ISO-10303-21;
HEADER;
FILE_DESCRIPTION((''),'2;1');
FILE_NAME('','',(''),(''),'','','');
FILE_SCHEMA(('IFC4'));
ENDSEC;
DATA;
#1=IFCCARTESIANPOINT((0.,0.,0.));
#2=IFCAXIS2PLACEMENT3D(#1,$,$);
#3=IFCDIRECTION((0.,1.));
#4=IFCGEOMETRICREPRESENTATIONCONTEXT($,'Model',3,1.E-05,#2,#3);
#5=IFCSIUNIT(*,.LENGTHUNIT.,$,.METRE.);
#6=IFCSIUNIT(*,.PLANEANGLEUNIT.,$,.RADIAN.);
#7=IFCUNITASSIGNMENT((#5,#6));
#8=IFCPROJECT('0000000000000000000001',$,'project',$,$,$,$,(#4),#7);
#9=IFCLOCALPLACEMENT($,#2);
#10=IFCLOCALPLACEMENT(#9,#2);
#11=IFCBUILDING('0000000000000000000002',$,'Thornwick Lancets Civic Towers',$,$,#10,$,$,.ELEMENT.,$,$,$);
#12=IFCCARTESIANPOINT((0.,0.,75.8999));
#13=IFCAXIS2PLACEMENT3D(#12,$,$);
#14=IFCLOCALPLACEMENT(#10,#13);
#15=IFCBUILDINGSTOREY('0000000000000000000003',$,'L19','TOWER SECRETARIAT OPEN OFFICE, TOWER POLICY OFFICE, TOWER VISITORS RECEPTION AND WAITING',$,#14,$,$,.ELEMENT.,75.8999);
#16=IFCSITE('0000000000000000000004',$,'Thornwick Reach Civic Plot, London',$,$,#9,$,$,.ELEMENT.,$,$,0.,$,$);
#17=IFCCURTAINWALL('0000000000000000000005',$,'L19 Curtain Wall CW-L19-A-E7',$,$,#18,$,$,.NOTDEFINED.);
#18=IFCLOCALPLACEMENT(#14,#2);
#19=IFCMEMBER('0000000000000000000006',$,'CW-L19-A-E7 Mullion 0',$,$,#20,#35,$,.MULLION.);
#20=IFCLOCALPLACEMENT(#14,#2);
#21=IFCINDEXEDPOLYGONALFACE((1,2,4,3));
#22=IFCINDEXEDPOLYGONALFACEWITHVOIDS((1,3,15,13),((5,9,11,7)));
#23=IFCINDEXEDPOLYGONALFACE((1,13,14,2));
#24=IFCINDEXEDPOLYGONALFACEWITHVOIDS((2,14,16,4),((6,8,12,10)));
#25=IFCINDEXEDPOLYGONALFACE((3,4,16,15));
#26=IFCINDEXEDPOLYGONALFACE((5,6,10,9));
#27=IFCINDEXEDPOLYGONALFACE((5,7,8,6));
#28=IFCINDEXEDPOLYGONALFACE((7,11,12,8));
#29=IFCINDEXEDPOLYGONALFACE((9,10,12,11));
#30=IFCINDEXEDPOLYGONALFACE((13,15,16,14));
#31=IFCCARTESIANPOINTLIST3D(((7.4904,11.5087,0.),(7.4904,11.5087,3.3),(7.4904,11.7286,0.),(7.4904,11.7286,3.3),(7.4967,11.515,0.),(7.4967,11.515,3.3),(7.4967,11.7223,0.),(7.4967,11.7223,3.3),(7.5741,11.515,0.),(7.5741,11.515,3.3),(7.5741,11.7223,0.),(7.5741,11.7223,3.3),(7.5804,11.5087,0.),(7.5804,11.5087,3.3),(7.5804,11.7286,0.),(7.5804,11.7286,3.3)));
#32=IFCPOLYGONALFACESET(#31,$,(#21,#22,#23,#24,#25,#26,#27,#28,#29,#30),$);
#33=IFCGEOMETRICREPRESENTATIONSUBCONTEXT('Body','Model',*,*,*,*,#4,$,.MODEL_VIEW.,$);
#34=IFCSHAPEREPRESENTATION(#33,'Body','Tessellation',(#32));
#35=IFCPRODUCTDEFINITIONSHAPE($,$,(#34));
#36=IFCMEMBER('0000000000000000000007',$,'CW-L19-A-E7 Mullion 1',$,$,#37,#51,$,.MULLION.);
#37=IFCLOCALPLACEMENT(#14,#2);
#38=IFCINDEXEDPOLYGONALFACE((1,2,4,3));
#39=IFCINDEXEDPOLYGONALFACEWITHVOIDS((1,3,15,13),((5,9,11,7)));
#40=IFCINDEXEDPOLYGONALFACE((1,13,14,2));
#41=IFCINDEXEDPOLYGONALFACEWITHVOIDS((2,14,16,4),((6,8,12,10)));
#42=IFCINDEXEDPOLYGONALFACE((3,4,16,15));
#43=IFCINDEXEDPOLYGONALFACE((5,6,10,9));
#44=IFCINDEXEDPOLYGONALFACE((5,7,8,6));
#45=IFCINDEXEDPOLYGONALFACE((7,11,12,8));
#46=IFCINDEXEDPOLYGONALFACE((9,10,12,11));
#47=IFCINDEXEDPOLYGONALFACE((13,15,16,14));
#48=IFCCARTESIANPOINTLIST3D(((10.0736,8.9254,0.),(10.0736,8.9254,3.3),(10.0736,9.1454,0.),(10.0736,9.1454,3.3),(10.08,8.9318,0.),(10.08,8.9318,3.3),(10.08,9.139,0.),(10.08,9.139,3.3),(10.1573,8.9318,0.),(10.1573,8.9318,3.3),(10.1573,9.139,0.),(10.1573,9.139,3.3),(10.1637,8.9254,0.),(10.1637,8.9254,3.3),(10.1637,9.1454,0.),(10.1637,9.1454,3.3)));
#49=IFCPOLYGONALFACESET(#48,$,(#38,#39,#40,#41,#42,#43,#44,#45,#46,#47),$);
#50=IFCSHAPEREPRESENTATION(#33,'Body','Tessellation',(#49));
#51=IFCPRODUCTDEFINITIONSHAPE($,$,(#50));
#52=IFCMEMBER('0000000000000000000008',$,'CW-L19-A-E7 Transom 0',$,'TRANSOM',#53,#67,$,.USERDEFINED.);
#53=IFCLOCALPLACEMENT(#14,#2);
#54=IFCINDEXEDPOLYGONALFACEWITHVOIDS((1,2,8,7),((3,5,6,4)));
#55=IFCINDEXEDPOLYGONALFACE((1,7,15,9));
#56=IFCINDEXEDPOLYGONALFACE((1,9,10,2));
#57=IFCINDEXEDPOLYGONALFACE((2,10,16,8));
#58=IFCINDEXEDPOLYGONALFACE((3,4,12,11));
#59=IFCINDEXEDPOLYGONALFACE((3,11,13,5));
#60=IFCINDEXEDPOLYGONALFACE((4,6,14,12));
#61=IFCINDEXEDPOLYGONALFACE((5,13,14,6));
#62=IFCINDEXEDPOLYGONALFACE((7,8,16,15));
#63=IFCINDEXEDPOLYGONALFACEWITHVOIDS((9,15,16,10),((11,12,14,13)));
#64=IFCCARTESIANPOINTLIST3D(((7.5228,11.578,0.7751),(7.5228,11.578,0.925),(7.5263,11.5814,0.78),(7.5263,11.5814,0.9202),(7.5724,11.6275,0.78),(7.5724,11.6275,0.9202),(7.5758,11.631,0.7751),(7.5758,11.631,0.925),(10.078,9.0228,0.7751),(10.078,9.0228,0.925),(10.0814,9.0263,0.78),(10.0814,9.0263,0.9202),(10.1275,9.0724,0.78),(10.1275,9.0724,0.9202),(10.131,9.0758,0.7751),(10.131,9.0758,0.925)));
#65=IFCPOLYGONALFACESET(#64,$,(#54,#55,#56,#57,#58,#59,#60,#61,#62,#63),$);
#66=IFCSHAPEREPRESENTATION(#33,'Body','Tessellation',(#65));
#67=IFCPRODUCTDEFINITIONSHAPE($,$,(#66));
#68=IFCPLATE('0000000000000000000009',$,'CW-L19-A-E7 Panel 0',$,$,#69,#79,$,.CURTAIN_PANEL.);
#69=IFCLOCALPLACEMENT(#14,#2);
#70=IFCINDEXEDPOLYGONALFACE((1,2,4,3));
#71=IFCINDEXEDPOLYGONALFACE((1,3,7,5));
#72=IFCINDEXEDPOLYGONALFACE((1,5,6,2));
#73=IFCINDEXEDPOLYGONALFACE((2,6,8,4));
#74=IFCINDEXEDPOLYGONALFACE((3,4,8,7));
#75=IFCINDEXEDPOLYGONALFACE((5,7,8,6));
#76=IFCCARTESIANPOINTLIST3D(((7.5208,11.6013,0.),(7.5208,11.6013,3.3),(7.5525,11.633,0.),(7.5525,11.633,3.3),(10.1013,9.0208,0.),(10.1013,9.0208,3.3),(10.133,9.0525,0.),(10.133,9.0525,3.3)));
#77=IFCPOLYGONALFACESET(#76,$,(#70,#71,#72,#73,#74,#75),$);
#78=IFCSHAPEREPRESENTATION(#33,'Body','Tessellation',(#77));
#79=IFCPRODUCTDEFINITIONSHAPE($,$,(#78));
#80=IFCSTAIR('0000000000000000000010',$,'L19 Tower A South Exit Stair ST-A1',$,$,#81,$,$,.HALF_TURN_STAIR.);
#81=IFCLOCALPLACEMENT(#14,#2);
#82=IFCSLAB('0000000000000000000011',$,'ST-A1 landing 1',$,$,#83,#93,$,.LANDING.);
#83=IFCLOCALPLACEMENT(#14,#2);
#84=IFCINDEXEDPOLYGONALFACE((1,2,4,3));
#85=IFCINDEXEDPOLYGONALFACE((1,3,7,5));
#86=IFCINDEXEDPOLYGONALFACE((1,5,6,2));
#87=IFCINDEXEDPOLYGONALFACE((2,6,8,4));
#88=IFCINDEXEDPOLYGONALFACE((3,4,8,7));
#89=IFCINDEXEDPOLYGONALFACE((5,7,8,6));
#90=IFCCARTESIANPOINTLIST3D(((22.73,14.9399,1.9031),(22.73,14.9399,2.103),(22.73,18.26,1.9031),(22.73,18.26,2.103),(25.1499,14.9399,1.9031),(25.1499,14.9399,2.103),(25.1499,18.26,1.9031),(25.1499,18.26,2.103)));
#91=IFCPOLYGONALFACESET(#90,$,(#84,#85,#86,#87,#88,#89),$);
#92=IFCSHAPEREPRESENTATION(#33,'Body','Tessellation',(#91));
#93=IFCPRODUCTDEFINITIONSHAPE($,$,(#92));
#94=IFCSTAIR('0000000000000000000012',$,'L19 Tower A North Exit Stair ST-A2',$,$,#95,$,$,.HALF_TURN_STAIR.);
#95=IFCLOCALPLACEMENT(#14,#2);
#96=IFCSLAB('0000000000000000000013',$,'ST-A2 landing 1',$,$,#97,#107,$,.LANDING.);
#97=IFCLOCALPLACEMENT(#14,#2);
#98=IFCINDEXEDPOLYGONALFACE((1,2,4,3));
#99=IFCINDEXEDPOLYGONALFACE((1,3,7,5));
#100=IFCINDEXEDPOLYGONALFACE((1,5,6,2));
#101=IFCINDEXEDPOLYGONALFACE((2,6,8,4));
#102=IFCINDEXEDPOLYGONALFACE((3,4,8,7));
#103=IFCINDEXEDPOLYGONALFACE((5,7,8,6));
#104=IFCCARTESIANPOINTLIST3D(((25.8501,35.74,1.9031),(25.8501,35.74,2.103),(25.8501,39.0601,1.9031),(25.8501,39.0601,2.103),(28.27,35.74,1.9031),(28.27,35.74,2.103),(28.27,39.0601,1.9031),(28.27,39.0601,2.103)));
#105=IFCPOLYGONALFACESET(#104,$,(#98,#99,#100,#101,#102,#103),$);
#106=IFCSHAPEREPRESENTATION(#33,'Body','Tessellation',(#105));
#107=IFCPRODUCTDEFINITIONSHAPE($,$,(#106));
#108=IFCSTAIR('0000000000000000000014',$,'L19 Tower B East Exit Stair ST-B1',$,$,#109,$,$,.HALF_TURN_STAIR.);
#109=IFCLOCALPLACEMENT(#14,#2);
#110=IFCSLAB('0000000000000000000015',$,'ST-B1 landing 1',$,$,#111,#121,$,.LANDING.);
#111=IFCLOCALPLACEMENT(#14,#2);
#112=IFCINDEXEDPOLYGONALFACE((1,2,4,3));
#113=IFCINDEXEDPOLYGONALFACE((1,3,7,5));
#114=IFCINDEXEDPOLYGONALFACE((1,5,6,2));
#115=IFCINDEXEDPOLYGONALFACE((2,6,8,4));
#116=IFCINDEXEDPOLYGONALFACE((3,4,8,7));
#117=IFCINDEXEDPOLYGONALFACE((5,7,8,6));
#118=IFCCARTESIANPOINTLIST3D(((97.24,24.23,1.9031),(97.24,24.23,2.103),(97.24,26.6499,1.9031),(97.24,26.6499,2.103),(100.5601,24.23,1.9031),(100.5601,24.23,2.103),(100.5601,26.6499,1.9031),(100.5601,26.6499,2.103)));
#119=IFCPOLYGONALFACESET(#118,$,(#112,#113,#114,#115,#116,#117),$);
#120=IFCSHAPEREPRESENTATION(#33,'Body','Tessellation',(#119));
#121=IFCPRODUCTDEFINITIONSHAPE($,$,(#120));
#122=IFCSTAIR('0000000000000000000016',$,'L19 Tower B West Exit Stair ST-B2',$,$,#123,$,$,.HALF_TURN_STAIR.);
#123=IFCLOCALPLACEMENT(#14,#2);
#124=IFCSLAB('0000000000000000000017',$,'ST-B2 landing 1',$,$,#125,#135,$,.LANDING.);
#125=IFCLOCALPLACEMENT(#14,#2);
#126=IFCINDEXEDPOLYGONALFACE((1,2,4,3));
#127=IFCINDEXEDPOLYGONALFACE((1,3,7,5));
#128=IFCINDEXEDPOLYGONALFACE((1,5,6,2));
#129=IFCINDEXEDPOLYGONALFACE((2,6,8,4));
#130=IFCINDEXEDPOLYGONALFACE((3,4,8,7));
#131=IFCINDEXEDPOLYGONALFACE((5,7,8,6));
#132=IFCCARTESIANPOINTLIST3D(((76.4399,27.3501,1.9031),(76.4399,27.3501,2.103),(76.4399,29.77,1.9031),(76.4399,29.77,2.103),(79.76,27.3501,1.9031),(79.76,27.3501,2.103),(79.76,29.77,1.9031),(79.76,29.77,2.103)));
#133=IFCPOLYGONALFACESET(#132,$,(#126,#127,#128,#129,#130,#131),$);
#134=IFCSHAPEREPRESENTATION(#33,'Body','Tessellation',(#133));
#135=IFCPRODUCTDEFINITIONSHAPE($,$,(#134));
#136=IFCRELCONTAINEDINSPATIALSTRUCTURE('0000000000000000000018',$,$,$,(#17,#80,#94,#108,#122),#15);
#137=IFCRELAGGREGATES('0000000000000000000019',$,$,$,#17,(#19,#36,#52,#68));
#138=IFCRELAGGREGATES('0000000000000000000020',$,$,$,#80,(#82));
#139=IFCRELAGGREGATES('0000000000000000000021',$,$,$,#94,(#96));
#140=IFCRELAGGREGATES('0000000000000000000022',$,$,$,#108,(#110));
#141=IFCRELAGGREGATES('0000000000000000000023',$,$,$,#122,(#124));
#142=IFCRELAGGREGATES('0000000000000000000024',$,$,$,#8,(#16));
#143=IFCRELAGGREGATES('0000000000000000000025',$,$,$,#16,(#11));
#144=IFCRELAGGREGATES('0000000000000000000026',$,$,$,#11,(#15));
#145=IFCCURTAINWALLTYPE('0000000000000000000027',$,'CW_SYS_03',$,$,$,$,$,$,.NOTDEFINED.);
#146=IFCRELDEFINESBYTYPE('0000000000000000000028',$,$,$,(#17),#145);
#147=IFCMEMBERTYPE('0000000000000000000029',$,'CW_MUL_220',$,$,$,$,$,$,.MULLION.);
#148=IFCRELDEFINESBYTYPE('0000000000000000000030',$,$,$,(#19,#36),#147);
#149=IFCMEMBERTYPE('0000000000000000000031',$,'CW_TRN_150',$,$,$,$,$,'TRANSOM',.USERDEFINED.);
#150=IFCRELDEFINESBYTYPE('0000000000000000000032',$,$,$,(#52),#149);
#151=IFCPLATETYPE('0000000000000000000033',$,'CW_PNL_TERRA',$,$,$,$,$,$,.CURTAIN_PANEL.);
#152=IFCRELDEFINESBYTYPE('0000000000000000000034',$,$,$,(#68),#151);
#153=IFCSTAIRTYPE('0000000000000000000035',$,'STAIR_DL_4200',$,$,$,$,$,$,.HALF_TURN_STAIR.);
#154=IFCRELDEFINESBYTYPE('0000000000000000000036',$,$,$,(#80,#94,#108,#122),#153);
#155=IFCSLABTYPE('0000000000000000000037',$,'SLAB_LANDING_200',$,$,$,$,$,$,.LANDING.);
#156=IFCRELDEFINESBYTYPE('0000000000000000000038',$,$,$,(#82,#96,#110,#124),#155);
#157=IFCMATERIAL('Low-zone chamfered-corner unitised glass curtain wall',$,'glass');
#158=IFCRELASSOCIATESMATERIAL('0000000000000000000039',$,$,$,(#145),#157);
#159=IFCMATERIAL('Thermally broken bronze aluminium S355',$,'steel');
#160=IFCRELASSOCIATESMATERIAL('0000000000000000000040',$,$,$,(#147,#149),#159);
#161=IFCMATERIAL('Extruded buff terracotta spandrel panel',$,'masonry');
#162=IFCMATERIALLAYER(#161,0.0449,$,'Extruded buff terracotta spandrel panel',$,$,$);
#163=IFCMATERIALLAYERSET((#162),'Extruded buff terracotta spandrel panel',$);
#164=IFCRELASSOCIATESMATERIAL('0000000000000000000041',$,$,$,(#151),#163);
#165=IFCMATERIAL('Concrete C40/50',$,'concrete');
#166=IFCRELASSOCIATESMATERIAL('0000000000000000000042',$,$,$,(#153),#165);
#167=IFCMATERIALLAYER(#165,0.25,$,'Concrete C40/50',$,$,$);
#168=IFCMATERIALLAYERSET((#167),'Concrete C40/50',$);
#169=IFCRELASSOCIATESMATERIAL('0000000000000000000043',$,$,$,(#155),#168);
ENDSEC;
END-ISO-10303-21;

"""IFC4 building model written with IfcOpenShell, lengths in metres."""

from ifc_helpers import new_model, si_unit, direction, frame, origin, origin_2d, place, context, subcontext, project, spatial, polyline, rectangle, hollow_rectangle, outline, extrude, material, layer, layer_set, material_profile, profile_set, type_object, element, aggregate, save


model = new_model("IFC4")

# Units and contexts
model_context = context("Model", 3, precision=1e-05, world=origin(), true_north=direction((0.0, 1.0)))
body_context = subcontext(model_context, "Body", "Model", "MODEL_VIEW")
ifc_project = project(units=[si_unit("LENGTHUNIT", "METRE"), si_unit("PLANEANGLEUNIT", "RADIAN")], contexts=[model_context])

# Site, building, storey
site_placement = place(None, origin())
site = spatial("IfcSite", under=ifc_project, at=site_placement, Name="Thornwick Reach Civic Plot, London", CompositionType="ELEMENT", RefElevation=0.0)
building_placement = place(site_placement, origin())
building = spatial("IfcBuilding", under=site, at=building_placement, Name="Thornwick Lancets Civic Towers", CompositionType="ELEMENT")
storey_placement = place(building_placement, frame((0.0, 0.0, 75.8999)))
storey = spatial("IfcBuildingStorey", under=building, at=storey_placement, Name="L19", Description="TOWER SECRETARIAT OPEN OFFICE, TOWER POLICY OFFICE, TOWER VISITORS RECEPTION AND WAITING", CompositionType="ELEMENT", Elevation=75.8999)

# Curtain wall, members, plate
ifc_material_1 = material(Name="Low-zone chamfered-corner unitised glass curtain wall", Category="glass")
curtain_wall_type = type_object("IfcCurtainWallType", Name="CW_SYS_03", PredefinedType="NOTDEFINED", material=ifc_material_1)
curtain_wall_placement = place(storey_placement, origin())
curtain_wall = element("IfcCurtainWall", 1, at=curtain_wall_placement, inside=storey, type_object=curtain_wall_type, Name="L19 Curtain Wall CW-L19-A-E7", PredefinedType="NOTDEFINED")
ifc_material_2 = material(Name="Thermally broken bronze aluminium S355", Category="steel")
ifc_material_profile_1 = material_profile(ifc_material_2, hollow_rectangle(XDim=0.0901, YDim=0.22, WallThickness=0.0063, at=origin_2d()), Name="RHS 220x90x6.3")
ifc_profile_set_1 = profile_set([ifc_material_profile_1], Name="Thermally broken bronze aluminium S355")
member_type_1 = type_object("IfcMemberType", Name="CW_MUL_220", PredefinedType="MULLION", material=ifc_profile_set_1)
member_1_placement = place(storey_placement, frame((7.5354, 11.6187, 0.0), z_axis=(0.0, 0.0, 1.0), x_axis=(1.0, 0.0, 0.0)))
member_1 = element("IfcMember", 2, at=member_1_placement, type_object=member_type_1, Name="CW-L19-A-E7 Mullion 0", PredefinedType="MULLION", context=body_context, shape_type="SweptSolid", body=[
    extrude(hollow_rectangle(XDim=0.0901, YDim=0.22, WallThickness=0.0063, at=origin_2d()), origin(), (0.0, 0.0, 1.0), 3.3),
])
member_2_placement = place(storey_placement, frame((10.1187, 9.0354, 0.0), z_axis=(0.0, 0.0, 1.0), x_axis=(1.0, 0.0, 0.0)))
member_2 = element("IfcMember", 3, at=member_2_placement, type_object=member_type_1, Name="CW-L19-A-E7 Mullion 1", PredefinedType="MULLION", context=body_context, shape_type="SweptSolid", body=[
    extrude(hollow_rectangle(XDim=0.0901, YDim=0.22, WallThickness=0.0063, at=origin_2d()), origin(), (0.0, 0.0, 1.0), 3.3),
])
ifc_material_profile_2 = material_profile(ifc_material_2, hollow_rectangle(XDim=0.075, YDim=0.1499, WallThickness=0.0049, at=origin_2d()), Name="RHS 150x75x5")
ifc_profile_set_2 = profile_set([ifc_material_profile_2], Name="Thermally broken bronze aluminium S355")
member_type_2 = type_object("IfcMemberType", Name="CW_TRN_150", ElementType="TRANSOM", PredefinedType="USERDEFINED", material=ifc_profile_set_2)
member_3_placement = place(storey_placement, frame((7.5493, 11.6045, 0.8501), z_axis=(0.707107, -0.707107, 0.0), x_axis=(0.707107, 0.707107, 0.0)))
member_3 = element("IfcMember", 4, at=member_3_placement, type_object=member_type_2, Name="CW-L19-A-E7 Transom 0", ObjectType="TRANSOM", PredefinedType="USERDEFINED", context=body_context, shape_type="SweptSolid", body=[
    extrude(hollow_rectangle(XDim=0.075, YDim=0.1499, WallThickness=0.0049, at=origin_2d()), origin(), (0.0, 0.0, 1.0), 3.6135),
])
ifc_material_3 = material(Name="Extruded buff terracotta spandrel panel", Category="masonry")
ifc_layer_1 = layer(ifc_material_3, 0.0449, Name="Extruded buff terracotta spandrel panel")
ifc_layer_set_1 = layer_set([ifc_layer_1], Name="Extruded buff terracotta spandrel panel")
plate_type = type_object("IfcPlateType", Name="CW_PNL_TERRA", PredefinedType="CURTAIN_PANEL", material=ifc_layer_set_1)
plate_placement = place(storey_placement, frame((8.8269, 10.3269, 0.0), z_axis=(0.0, 0.0, 1.0), x_axis=(0.707107, -0.707107, 0.0)))
plate = element("IfcPlate", 5, at=plate_placement, type_object=plate_type, Name="CW-L19-A-E7 Panel 0", PredefinedType="CURTAIN_PANEL", context=body_context, shape_type="SweptSolid", body=[
    extrude(rectangle(XDim=3.6494, YDim=0.0449, at=origin_2d()), origin(), (0.0, 0.0, 1.0), 3.3),
])
aggregate(curtain_wall, [member_1, member_2, member_3, plate])

# Stairs, slabs
ifc_material_4 = material(Name="Concrete C40/50", Category="concrete")
stair_type = type_object("IfcStairType", Name="STAIR_DL_4200", PredefinedType="HALF_TURN_STAIR", material=ifc_material_4)
stair_1_placement = place(storey_placement, origin())
stair_1 = element("IfcStair", 6, at=stair_1_placement, inside=storey, type_object=stair_type, Name="L19 Tower A South Exit Stair ST-A1", PredefinedType="HALF_TURN_STAIR")
ifc_layer_2 = layer(ifc_material_4, 0.25, Name="Concrete C40/50")
ifc_layer_set_2 = layer_set([ifc_layer_2], Name="Concrete C40/50")
slab_type_1 = type_object("IfcSlabType", Name="SLAB_LANDING_200", PredefinedType="LANDING", material=ifc_layer_set_2)
slab_1_placement = place(storey_placement, frame((0.0, 0.0, 1.9031)))
slab_1 = element("IfcSlab", 7, at=slab_1_placement, type_object=slab_type_1, Name="ST-A1 landing 1", PredefinedType="LANDING", context=body_context, shape_type="SweptSolid", body=[
    extrude(outline(polyline([(22.73, 14.9399), (25.1499, 14.9399), (25.1499, 18.26), (22.73, 18.26), (22.73, 14.9399)])), origin(), (0.0, 0.0, 1.0), 0.2),
])
aggregate(stair_1, [slab_1])
stair_2_placement = place(storey_placement, origin())
stair_2 = element("IfcStair", 8, at=stair_2_placement, inside=storey, type_object=stair_type, Name="L19 Tower A North Exit Stair ST-A2", PredefinedType="HALF_TURN_STAIR")
slab_2_placement = place(storey_placement, frame((0.0, 0.0, 1.9031)))
slab_2 = element("IfcSlab", 9, at=slab_2_placement, type_object=slab_type_1, Name="ST-A2 landing 1", PredefinedType="LANDING", context=body_context, shape_type="SweptSolid", body=[
    extrude(outline(polyline([(28.27, 39.0601), (25.8501, 39.0601), (25.8501, 35.74), (28.27, 35.74), (28.27, 39.0601)])), origin(), (0.0, 0.0, 1.0), 0.2),
])
aggregate(stair_2, [slab_2])
stair_3_placement = place(storey_placement, origin())
stair_3 = element("IfcStair", 10, at=stair_3_placement, inside=storey, type_object=stair_type, Name="L19 Tower B East Exit Stair ST-B1", PredefinedType="HALF_TURN_STAIR")
slab_3_placement = place(storey_placement, frame((0.0, 0.0, 1.9031)))
slab_3 = element("IfcSlab", 11, at=slab_3_placement, type_object=slab_type_1, Name="ST-B1 landing 1", PredefinedType="LANDING", context=body_context, shape_type="SweptSolid", body=[
    extrude(outline(polyline([(100.5601, 24.23), (100.5601, 26.6499), (97.24, 26.6499), (97.24, 24.23), (100.5601, 24.23)])), origin(), (0.0, 0.0, 1.0), 0.2),
])
aggregate(stair_3, [slab_3])
stair_4_placement = place(storey_placement, origin())
stair_4 = element("IfcStair", 12, at=stair_4_placement, inside=storey, type_object=stair_type, Name="L19 Tower B West Exit Stair ST-B2", PredefinedType="HALF_TURN_STAIR")
slab_4_placement = place(storey_placement, frame((0.0, 0.0, 1.9031)))
slab_4 = element("IfcSlab", 13, at=slab_4_placement, type_object=slab_type_1, Name="ST-B2 landing 1", PredefinedType="LANDING", context=body_context, shape_type="SweptSolid", body=[
    extrude(outline(polyline([(76.4399, 29.77), (76.4399, 27.3501), (79.76, 27.3501), (79.76, 29.77), (76.4399, 29.77)])), origin(), (0.0, 0.0, 1.0), 0.2),
])
aggregate(stair_4, [slab_4])

save(model, "model.ifc")
